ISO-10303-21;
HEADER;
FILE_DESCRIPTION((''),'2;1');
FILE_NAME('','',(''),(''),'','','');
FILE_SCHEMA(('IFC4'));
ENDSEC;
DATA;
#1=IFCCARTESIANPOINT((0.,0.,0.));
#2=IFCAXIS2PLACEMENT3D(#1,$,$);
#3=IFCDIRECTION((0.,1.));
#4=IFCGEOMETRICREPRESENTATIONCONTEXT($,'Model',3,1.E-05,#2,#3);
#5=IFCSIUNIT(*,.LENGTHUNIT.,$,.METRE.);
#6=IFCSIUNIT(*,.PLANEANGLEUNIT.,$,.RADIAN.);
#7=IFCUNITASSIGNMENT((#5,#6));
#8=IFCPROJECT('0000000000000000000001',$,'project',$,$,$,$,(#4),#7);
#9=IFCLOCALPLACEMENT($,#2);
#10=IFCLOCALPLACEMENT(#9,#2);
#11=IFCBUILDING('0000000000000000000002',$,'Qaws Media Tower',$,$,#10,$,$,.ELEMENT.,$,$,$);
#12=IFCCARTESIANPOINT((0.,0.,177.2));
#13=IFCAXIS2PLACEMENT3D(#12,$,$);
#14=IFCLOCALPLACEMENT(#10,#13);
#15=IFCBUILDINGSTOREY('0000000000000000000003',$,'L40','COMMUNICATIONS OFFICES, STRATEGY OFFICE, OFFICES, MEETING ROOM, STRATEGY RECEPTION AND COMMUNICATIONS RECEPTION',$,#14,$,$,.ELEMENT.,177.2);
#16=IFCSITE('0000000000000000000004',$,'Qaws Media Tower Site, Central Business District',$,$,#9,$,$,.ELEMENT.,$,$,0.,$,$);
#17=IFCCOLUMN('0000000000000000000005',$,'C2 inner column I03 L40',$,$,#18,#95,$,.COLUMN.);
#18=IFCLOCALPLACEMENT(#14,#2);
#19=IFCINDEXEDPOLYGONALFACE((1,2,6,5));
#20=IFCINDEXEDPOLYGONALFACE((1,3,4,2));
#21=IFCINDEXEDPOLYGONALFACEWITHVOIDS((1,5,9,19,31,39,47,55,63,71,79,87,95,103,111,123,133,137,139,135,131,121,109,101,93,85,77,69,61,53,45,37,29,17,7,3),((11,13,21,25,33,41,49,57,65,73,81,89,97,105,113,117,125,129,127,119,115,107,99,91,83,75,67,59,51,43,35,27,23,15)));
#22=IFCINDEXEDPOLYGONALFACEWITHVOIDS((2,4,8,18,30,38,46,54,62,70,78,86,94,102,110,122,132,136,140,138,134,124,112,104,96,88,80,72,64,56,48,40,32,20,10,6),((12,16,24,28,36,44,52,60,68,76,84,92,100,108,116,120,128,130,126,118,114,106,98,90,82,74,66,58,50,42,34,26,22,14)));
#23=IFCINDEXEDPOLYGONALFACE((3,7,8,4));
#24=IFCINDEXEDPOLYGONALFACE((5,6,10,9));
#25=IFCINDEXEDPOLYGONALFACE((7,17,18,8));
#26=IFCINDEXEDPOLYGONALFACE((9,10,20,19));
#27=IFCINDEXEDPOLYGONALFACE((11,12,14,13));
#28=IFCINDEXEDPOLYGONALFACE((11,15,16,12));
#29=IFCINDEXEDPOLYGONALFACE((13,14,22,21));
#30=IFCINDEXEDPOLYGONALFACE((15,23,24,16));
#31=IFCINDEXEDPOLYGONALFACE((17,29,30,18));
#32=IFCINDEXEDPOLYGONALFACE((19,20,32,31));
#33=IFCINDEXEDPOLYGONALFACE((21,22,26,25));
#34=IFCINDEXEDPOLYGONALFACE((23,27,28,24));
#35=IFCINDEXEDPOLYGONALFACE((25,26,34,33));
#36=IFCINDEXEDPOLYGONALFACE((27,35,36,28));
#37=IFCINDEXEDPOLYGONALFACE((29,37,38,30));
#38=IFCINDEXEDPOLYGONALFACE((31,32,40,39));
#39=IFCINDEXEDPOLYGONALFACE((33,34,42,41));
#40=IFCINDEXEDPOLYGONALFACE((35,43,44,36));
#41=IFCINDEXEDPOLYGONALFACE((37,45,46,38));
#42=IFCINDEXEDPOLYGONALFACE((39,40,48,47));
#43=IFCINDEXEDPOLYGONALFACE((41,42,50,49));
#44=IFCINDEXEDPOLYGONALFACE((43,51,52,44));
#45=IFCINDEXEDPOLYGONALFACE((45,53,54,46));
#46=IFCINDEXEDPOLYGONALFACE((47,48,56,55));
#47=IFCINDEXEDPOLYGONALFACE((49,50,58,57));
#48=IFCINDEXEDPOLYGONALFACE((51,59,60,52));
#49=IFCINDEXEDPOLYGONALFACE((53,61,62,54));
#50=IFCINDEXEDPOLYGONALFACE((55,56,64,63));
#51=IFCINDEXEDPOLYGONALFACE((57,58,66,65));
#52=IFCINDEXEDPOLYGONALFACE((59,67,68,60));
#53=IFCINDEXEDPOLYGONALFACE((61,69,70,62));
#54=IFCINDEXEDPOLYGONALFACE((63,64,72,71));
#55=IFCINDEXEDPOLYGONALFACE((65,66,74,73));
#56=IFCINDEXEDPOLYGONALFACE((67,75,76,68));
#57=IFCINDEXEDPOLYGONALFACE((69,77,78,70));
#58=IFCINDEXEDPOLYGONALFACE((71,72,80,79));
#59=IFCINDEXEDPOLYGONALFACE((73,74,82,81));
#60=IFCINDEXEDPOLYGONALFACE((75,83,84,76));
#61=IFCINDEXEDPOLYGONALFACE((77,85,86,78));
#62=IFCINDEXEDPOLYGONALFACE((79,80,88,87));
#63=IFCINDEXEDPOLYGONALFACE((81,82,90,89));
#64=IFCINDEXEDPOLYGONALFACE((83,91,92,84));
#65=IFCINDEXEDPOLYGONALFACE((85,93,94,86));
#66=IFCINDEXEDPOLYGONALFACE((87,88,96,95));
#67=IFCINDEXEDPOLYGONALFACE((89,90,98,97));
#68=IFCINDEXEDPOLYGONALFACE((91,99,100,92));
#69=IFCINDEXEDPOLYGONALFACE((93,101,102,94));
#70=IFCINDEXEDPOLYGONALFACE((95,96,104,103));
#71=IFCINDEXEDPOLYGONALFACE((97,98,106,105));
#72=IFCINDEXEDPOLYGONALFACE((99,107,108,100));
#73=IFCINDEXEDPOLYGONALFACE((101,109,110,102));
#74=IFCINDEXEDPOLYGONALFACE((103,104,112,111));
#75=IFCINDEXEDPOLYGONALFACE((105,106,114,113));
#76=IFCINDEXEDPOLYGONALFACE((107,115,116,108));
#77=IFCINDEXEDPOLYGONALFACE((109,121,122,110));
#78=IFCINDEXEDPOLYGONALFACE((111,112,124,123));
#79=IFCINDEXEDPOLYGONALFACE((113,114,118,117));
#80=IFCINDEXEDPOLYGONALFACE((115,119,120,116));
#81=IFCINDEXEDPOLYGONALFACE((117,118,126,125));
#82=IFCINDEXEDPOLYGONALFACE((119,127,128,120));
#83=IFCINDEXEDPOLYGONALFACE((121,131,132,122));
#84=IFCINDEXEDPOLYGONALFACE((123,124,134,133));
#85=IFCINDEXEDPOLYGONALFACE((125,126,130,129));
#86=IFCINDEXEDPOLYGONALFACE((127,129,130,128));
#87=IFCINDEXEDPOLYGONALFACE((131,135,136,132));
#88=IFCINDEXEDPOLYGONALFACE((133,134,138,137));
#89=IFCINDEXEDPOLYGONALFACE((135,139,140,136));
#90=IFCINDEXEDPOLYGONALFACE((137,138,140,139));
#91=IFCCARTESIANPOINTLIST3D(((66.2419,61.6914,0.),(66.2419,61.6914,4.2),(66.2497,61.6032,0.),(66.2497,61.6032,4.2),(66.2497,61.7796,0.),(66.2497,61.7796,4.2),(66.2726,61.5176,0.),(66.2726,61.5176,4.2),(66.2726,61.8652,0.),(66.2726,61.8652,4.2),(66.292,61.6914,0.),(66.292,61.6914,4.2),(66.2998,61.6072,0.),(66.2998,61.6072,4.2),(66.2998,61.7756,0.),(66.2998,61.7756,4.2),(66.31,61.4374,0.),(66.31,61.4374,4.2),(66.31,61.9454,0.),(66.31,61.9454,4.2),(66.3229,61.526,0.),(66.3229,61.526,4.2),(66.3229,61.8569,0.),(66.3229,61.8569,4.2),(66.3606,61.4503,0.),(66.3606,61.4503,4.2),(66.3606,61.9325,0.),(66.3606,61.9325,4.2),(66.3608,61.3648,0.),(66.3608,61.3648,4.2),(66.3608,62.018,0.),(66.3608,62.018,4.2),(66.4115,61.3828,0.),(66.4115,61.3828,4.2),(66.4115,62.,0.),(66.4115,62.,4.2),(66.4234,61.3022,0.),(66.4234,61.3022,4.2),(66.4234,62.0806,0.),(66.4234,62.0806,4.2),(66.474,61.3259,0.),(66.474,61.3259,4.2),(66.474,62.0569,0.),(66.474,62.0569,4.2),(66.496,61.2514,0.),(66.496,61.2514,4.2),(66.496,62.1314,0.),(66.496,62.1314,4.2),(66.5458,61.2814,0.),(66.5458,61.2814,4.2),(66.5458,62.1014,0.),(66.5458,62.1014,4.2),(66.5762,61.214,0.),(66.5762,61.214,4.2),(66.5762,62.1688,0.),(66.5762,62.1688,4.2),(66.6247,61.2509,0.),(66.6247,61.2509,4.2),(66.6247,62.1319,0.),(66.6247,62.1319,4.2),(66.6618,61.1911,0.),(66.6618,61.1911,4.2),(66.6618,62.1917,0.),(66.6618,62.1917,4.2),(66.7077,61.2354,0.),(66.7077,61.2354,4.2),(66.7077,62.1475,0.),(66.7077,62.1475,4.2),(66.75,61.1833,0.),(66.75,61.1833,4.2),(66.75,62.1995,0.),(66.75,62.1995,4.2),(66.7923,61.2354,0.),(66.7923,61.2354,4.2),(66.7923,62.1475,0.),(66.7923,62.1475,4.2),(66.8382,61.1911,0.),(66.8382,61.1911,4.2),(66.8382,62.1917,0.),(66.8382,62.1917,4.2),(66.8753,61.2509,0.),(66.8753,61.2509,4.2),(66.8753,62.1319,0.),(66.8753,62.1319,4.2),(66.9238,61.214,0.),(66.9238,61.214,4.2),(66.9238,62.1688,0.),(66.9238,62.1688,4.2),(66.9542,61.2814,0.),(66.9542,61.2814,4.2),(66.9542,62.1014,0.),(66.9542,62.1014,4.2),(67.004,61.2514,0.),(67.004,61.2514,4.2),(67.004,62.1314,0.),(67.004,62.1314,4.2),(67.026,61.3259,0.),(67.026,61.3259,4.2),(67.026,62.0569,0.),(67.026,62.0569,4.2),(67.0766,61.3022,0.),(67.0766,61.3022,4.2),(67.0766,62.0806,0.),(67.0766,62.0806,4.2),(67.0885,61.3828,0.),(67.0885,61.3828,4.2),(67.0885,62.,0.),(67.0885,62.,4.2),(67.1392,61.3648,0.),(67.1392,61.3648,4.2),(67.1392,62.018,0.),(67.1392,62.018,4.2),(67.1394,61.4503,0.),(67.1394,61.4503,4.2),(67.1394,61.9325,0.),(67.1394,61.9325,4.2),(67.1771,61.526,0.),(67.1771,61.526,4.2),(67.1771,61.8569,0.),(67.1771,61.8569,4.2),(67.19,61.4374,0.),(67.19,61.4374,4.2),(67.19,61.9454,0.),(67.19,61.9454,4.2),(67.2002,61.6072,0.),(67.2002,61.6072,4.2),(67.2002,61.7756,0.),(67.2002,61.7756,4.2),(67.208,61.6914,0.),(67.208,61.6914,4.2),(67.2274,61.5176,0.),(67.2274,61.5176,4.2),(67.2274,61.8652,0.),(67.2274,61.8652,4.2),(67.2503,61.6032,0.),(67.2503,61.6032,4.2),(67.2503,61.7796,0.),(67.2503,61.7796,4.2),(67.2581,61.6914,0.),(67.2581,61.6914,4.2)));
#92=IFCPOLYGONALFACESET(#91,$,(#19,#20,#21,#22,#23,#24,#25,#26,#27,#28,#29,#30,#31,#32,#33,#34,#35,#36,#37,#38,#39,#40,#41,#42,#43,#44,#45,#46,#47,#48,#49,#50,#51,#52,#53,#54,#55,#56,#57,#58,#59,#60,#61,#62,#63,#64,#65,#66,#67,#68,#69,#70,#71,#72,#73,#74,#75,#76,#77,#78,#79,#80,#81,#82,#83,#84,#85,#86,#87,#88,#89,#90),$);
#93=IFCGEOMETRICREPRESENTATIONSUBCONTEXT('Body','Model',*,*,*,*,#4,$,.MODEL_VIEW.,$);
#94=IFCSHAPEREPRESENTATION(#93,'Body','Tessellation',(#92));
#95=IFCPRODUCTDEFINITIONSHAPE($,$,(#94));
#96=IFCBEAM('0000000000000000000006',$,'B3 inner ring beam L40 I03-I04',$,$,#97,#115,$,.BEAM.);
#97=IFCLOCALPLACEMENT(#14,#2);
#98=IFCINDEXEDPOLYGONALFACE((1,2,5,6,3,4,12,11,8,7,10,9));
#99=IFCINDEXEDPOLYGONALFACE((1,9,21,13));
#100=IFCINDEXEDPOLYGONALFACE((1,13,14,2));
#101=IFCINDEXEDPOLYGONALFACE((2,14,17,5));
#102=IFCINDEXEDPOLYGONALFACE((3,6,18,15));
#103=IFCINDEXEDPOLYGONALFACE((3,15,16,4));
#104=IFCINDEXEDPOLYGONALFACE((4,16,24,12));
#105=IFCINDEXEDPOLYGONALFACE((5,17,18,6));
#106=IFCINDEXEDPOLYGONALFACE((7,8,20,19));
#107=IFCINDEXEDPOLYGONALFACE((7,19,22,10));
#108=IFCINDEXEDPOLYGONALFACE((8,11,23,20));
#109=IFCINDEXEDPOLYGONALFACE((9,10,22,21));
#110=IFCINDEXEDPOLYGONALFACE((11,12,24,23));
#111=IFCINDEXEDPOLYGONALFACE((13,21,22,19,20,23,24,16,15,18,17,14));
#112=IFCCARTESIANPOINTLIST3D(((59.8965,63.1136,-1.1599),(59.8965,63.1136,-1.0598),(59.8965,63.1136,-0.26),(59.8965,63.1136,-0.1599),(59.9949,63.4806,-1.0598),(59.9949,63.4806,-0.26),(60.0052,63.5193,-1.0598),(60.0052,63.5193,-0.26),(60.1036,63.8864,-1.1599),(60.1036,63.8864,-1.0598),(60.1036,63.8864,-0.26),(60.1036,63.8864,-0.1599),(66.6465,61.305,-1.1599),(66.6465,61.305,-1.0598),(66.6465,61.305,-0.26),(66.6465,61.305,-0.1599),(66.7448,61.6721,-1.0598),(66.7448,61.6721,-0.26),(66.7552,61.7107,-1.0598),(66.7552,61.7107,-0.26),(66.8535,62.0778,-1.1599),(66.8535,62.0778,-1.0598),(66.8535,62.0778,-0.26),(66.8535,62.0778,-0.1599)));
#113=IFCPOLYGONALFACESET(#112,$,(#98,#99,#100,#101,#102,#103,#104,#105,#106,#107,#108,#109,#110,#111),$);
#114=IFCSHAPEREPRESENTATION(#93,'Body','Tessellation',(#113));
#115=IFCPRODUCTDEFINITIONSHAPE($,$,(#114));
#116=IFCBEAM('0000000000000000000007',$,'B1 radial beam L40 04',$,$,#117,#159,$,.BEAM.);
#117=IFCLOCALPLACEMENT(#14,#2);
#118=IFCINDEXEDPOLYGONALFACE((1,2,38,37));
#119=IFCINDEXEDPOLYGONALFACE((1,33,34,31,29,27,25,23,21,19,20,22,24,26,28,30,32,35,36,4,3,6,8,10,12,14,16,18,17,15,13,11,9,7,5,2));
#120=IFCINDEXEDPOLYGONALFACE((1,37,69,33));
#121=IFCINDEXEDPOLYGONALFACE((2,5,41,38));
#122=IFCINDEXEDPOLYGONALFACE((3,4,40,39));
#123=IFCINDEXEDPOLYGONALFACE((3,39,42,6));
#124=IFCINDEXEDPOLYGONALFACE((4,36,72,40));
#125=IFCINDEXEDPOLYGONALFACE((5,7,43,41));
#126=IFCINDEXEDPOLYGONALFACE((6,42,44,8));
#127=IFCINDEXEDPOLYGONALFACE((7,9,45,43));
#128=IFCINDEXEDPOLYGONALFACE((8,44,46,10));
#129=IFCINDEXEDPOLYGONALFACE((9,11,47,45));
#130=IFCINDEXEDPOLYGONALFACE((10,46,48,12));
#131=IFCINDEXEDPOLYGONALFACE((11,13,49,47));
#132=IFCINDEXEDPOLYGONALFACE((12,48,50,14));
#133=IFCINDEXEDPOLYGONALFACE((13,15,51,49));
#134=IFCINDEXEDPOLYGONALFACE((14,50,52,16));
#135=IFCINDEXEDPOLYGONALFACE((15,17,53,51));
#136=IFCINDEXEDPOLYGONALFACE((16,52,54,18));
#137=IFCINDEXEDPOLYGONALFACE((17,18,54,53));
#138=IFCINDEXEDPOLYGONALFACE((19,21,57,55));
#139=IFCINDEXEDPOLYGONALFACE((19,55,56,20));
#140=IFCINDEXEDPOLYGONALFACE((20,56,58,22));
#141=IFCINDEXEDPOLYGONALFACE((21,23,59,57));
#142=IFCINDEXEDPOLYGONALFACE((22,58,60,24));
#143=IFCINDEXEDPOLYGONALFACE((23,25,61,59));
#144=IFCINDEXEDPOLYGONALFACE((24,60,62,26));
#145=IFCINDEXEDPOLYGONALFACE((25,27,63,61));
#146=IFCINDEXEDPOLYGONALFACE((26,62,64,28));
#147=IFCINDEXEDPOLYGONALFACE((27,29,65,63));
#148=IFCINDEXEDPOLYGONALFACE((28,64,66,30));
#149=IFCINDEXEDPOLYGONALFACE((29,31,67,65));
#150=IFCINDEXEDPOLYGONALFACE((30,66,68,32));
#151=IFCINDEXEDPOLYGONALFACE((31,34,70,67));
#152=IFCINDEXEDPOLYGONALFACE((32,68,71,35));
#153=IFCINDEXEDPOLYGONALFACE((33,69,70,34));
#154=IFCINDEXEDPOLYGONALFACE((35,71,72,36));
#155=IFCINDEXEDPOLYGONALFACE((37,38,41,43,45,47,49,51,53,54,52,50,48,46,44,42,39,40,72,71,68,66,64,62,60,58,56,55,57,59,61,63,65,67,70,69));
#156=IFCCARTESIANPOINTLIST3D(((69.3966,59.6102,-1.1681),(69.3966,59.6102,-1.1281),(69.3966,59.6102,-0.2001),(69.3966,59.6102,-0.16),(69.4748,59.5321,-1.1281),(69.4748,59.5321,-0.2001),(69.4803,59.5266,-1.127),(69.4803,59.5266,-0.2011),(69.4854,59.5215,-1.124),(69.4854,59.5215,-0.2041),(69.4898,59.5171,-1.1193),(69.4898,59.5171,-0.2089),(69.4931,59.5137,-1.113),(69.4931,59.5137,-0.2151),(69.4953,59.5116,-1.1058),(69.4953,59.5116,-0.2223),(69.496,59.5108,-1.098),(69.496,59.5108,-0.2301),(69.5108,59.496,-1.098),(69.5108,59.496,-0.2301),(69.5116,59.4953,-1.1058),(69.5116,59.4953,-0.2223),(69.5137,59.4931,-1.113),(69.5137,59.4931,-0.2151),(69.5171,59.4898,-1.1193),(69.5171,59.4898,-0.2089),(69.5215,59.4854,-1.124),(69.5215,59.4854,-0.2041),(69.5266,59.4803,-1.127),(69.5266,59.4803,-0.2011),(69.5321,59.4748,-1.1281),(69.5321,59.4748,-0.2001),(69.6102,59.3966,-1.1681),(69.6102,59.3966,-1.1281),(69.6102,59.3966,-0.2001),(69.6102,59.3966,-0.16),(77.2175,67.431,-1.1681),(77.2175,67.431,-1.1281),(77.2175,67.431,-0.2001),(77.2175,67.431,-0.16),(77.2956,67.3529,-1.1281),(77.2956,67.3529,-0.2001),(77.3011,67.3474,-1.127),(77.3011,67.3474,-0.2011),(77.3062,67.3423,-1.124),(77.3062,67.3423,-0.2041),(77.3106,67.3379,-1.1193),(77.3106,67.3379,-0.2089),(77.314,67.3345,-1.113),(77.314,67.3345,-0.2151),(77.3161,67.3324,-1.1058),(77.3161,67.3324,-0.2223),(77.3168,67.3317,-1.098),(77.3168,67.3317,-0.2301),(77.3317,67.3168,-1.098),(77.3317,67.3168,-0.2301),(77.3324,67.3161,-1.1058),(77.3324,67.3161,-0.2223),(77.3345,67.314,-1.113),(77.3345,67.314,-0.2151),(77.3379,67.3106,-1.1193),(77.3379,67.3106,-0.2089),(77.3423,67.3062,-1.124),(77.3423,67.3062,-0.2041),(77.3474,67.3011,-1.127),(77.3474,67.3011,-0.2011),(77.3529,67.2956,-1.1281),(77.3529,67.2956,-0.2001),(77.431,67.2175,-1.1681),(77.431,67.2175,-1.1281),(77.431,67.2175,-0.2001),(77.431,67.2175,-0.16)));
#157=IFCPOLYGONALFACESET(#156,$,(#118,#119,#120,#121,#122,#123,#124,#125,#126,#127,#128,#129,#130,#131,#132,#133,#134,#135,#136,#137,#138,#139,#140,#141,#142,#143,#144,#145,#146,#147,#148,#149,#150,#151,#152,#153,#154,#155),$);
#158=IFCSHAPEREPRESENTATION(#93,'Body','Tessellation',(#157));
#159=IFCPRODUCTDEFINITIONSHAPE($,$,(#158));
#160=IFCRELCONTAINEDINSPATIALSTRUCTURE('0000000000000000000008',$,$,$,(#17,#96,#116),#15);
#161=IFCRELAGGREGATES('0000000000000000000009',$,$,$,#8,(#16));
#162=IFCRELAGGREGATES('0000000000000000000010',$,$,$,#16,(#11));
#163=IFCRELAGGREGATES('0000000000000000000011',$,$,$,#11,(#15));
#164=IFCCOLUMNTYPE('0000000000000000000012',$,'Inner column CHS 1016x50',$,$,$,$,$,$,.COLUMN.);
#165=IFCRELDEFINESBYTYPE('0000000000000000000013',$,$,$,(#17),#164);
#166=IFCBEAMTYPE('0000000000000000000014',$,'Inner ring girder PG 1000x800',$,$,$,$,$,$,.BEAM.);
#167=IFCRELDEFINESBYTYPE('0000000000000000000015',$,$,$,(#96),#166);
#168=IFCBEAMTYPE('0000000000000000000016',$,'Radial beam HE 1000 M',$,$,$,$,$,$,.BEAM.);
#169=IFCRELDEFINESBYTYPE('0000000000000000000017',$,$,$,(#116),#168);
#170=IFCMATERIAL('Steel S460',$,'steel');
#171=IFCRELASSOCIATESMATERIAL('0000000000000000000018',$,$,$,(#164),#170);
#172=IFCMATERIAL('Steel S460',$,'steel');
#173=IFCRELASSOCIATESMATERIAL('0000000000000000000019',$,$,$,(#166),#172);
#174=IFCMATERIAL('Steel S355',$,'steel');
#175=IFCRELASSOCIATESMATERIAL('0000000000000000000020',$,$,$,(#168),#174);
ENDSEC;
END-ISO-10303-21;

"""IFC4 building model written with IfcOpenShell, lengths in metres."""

from ifc_helpers import new_model, si_unit, direction, frame, origin, origin_2d, place, context, subcontext, project, spatial, hollow_circle, i_section, extrude, material, material_profile, profile_set, type_object, element, save


model = new_model("IFC4")

# Units and contexts
model_context = context("Model", 3, precision=1e-05, world=origin(), true_north=direction((0.0, 1.0)))
body_context = subcontext(model_context, "Body", "Model", "MODEL_VIEW")
ifc_project = project(units=[si_unit("LENGTHUNIT", "METRE"), si_unit("PLANEANGLEUNIT", "RADIAN")], contexts=[model_context])

# Site, building, storey
site_placement = place(None, origin())
site = spatial("IfcSite", under=ifc_project, at=site_placement, Name="Qaws Media Tower Site, Central Business District", CompositionType="ELEMENT", RefElevation=0.0)
building_placement = place(site_placement, origin())
building = spatial("IfcBuilding", under=site, at=building_placement, Name="Qaws Media Tower", CompositionType="ELEMENT")
storey_placement = place(building_placement, frame((0.0, 0.0, 177.2)))
storey = spatial("IfcBuildingStorey", under=building, at=storey_placement, Name="L40", Description="COMMUNICATIONS OFFICES, STRATEGY OFFICE, OFFICES, MEETING ROOM, STRATEGY RECEPTION AND COMMUNICATIONS RECEPTION", CompositionType="ELEMENT", Elevation=177.2)

# Column
ifc_material_1 = material(Name="Steel S460", Category="steel")
ifc_material_profile_1 = material_profile(ifc_material_1, hollow_circle(Radius=0.5081, WallThickness=0.05, at=origin_2d()), Name="CHS 1016x50")
ifc_profile_set_1 = profile_set([ifc_material_profile_1], Name="Steel S460")
column_type = type_object("IfcColumnType", Name="Inner column CHS 1016x50", PredefinedType="COLUMN", material=ifc_profile_set_1)
column_placement = place(storey_placement, frame((66.75, 61.6914, 0.0), z_axis=(0.0, 0.0, 1.0), x_axis=(1.0, 0.0, 0.0)))
element("IfcColumn", 1, at=column_placement, inside=storey, type_object=column_type, Name="C2 inner column I03 L40", PredefinedType="COLUMN", context=body_context, shape_type="SweptSolid", body=[
    extrude(hollow_circle(Radius=0.5081, WallThickness=0.05, at=origin_2d()), origin(), (0.0, 0.0, 1.0), 4.2),
])

# Beams
ifc_material_2 = material(Name="Steel S460", Category="steel")
ifc_material_profile_2 = material_profile(ifc_material_2, i_section(OverallWidth=0.8, OverallDepth=1.0, WebThickness=0.04, FlangeThickness=0.1001, at=origin_2d()), Name="PG 1000x800")
ifc_profile_set_2 = profile_set([ifc_material_profile_2], Name="Steel S460")
beam_type_1 = type_object("IfcBeamType", Name="Inner ring girder PG 1000x800", PredefinedType="BEAM", material=ifc_profile_set_2)
beam_1_placement = place(storey_placement, frame((66.75, 61.6914, -0.6599), z_axis=(-0.965928, 0.258811, 0.0), x_axis=(-0.258811, -0.965928, 0.0)))
element("IfcBeam", 2, at=beam_1_placement, inside=storey, type_object=beam_type_1, Name="B3 inner ring beam L40 I03-I04", PredefinedType="BEAM", context=body_context, shape_type="SweptSolid", body=[
    extrude(i_section(OverallWidth=0.8, OverallDepth=1.0, WebThickness=0.04, FlangeThickness=0.1001, at=origin_2d()), origin(), (0.0, 0.0, 1.0), 6.988),
])
ifc_material_3 = material(Name="Steel S355", Category="steel")
ifc_material_profile_3 = material_profile(ifc_material_3, i_section(OverallWidth=0.302, OverallDepth=1.0081, WebThickness=0.021, FlangeThickness=0.04, FilletRadius=0.03, at=origin_2d()), Name="HE 1000 M")
ifc_profile_set_3 = profile_set([ifc_material_profile_3], Name="Steel S355")
beam_type_2 = type_object("IfcBeamType", Name="Radial beam HE 1000 M", PredefinedType="BEAM", material=ifc_profile_set_3)
beam_2_placement = place(storey_placement, frame((69.5034, 59.5034, -0.6641), z_axis=(0.707107, 0.707107, 0.0), x_axis=(-0.707107, 0.707107, 0.0)))
element("IfcBeam", 3, at=beam_2_placement, inside=storey, type_object=beam_type_2, Name="B1 radial beam L40 04", PredefinedType="BEAM", context=body_context, shape_type="SweptSolid", body=[
    extrude(i_section(OverallWidth=0.302, OverallDepth=1.0081, WebThickness=0.021, FlangeThickness=0.04, FilletRadius=0.03, at=origin_2d()), origin(), (0.0, 0.0, 1.0), 11.0603),
])

save(model, "model.ifc")
